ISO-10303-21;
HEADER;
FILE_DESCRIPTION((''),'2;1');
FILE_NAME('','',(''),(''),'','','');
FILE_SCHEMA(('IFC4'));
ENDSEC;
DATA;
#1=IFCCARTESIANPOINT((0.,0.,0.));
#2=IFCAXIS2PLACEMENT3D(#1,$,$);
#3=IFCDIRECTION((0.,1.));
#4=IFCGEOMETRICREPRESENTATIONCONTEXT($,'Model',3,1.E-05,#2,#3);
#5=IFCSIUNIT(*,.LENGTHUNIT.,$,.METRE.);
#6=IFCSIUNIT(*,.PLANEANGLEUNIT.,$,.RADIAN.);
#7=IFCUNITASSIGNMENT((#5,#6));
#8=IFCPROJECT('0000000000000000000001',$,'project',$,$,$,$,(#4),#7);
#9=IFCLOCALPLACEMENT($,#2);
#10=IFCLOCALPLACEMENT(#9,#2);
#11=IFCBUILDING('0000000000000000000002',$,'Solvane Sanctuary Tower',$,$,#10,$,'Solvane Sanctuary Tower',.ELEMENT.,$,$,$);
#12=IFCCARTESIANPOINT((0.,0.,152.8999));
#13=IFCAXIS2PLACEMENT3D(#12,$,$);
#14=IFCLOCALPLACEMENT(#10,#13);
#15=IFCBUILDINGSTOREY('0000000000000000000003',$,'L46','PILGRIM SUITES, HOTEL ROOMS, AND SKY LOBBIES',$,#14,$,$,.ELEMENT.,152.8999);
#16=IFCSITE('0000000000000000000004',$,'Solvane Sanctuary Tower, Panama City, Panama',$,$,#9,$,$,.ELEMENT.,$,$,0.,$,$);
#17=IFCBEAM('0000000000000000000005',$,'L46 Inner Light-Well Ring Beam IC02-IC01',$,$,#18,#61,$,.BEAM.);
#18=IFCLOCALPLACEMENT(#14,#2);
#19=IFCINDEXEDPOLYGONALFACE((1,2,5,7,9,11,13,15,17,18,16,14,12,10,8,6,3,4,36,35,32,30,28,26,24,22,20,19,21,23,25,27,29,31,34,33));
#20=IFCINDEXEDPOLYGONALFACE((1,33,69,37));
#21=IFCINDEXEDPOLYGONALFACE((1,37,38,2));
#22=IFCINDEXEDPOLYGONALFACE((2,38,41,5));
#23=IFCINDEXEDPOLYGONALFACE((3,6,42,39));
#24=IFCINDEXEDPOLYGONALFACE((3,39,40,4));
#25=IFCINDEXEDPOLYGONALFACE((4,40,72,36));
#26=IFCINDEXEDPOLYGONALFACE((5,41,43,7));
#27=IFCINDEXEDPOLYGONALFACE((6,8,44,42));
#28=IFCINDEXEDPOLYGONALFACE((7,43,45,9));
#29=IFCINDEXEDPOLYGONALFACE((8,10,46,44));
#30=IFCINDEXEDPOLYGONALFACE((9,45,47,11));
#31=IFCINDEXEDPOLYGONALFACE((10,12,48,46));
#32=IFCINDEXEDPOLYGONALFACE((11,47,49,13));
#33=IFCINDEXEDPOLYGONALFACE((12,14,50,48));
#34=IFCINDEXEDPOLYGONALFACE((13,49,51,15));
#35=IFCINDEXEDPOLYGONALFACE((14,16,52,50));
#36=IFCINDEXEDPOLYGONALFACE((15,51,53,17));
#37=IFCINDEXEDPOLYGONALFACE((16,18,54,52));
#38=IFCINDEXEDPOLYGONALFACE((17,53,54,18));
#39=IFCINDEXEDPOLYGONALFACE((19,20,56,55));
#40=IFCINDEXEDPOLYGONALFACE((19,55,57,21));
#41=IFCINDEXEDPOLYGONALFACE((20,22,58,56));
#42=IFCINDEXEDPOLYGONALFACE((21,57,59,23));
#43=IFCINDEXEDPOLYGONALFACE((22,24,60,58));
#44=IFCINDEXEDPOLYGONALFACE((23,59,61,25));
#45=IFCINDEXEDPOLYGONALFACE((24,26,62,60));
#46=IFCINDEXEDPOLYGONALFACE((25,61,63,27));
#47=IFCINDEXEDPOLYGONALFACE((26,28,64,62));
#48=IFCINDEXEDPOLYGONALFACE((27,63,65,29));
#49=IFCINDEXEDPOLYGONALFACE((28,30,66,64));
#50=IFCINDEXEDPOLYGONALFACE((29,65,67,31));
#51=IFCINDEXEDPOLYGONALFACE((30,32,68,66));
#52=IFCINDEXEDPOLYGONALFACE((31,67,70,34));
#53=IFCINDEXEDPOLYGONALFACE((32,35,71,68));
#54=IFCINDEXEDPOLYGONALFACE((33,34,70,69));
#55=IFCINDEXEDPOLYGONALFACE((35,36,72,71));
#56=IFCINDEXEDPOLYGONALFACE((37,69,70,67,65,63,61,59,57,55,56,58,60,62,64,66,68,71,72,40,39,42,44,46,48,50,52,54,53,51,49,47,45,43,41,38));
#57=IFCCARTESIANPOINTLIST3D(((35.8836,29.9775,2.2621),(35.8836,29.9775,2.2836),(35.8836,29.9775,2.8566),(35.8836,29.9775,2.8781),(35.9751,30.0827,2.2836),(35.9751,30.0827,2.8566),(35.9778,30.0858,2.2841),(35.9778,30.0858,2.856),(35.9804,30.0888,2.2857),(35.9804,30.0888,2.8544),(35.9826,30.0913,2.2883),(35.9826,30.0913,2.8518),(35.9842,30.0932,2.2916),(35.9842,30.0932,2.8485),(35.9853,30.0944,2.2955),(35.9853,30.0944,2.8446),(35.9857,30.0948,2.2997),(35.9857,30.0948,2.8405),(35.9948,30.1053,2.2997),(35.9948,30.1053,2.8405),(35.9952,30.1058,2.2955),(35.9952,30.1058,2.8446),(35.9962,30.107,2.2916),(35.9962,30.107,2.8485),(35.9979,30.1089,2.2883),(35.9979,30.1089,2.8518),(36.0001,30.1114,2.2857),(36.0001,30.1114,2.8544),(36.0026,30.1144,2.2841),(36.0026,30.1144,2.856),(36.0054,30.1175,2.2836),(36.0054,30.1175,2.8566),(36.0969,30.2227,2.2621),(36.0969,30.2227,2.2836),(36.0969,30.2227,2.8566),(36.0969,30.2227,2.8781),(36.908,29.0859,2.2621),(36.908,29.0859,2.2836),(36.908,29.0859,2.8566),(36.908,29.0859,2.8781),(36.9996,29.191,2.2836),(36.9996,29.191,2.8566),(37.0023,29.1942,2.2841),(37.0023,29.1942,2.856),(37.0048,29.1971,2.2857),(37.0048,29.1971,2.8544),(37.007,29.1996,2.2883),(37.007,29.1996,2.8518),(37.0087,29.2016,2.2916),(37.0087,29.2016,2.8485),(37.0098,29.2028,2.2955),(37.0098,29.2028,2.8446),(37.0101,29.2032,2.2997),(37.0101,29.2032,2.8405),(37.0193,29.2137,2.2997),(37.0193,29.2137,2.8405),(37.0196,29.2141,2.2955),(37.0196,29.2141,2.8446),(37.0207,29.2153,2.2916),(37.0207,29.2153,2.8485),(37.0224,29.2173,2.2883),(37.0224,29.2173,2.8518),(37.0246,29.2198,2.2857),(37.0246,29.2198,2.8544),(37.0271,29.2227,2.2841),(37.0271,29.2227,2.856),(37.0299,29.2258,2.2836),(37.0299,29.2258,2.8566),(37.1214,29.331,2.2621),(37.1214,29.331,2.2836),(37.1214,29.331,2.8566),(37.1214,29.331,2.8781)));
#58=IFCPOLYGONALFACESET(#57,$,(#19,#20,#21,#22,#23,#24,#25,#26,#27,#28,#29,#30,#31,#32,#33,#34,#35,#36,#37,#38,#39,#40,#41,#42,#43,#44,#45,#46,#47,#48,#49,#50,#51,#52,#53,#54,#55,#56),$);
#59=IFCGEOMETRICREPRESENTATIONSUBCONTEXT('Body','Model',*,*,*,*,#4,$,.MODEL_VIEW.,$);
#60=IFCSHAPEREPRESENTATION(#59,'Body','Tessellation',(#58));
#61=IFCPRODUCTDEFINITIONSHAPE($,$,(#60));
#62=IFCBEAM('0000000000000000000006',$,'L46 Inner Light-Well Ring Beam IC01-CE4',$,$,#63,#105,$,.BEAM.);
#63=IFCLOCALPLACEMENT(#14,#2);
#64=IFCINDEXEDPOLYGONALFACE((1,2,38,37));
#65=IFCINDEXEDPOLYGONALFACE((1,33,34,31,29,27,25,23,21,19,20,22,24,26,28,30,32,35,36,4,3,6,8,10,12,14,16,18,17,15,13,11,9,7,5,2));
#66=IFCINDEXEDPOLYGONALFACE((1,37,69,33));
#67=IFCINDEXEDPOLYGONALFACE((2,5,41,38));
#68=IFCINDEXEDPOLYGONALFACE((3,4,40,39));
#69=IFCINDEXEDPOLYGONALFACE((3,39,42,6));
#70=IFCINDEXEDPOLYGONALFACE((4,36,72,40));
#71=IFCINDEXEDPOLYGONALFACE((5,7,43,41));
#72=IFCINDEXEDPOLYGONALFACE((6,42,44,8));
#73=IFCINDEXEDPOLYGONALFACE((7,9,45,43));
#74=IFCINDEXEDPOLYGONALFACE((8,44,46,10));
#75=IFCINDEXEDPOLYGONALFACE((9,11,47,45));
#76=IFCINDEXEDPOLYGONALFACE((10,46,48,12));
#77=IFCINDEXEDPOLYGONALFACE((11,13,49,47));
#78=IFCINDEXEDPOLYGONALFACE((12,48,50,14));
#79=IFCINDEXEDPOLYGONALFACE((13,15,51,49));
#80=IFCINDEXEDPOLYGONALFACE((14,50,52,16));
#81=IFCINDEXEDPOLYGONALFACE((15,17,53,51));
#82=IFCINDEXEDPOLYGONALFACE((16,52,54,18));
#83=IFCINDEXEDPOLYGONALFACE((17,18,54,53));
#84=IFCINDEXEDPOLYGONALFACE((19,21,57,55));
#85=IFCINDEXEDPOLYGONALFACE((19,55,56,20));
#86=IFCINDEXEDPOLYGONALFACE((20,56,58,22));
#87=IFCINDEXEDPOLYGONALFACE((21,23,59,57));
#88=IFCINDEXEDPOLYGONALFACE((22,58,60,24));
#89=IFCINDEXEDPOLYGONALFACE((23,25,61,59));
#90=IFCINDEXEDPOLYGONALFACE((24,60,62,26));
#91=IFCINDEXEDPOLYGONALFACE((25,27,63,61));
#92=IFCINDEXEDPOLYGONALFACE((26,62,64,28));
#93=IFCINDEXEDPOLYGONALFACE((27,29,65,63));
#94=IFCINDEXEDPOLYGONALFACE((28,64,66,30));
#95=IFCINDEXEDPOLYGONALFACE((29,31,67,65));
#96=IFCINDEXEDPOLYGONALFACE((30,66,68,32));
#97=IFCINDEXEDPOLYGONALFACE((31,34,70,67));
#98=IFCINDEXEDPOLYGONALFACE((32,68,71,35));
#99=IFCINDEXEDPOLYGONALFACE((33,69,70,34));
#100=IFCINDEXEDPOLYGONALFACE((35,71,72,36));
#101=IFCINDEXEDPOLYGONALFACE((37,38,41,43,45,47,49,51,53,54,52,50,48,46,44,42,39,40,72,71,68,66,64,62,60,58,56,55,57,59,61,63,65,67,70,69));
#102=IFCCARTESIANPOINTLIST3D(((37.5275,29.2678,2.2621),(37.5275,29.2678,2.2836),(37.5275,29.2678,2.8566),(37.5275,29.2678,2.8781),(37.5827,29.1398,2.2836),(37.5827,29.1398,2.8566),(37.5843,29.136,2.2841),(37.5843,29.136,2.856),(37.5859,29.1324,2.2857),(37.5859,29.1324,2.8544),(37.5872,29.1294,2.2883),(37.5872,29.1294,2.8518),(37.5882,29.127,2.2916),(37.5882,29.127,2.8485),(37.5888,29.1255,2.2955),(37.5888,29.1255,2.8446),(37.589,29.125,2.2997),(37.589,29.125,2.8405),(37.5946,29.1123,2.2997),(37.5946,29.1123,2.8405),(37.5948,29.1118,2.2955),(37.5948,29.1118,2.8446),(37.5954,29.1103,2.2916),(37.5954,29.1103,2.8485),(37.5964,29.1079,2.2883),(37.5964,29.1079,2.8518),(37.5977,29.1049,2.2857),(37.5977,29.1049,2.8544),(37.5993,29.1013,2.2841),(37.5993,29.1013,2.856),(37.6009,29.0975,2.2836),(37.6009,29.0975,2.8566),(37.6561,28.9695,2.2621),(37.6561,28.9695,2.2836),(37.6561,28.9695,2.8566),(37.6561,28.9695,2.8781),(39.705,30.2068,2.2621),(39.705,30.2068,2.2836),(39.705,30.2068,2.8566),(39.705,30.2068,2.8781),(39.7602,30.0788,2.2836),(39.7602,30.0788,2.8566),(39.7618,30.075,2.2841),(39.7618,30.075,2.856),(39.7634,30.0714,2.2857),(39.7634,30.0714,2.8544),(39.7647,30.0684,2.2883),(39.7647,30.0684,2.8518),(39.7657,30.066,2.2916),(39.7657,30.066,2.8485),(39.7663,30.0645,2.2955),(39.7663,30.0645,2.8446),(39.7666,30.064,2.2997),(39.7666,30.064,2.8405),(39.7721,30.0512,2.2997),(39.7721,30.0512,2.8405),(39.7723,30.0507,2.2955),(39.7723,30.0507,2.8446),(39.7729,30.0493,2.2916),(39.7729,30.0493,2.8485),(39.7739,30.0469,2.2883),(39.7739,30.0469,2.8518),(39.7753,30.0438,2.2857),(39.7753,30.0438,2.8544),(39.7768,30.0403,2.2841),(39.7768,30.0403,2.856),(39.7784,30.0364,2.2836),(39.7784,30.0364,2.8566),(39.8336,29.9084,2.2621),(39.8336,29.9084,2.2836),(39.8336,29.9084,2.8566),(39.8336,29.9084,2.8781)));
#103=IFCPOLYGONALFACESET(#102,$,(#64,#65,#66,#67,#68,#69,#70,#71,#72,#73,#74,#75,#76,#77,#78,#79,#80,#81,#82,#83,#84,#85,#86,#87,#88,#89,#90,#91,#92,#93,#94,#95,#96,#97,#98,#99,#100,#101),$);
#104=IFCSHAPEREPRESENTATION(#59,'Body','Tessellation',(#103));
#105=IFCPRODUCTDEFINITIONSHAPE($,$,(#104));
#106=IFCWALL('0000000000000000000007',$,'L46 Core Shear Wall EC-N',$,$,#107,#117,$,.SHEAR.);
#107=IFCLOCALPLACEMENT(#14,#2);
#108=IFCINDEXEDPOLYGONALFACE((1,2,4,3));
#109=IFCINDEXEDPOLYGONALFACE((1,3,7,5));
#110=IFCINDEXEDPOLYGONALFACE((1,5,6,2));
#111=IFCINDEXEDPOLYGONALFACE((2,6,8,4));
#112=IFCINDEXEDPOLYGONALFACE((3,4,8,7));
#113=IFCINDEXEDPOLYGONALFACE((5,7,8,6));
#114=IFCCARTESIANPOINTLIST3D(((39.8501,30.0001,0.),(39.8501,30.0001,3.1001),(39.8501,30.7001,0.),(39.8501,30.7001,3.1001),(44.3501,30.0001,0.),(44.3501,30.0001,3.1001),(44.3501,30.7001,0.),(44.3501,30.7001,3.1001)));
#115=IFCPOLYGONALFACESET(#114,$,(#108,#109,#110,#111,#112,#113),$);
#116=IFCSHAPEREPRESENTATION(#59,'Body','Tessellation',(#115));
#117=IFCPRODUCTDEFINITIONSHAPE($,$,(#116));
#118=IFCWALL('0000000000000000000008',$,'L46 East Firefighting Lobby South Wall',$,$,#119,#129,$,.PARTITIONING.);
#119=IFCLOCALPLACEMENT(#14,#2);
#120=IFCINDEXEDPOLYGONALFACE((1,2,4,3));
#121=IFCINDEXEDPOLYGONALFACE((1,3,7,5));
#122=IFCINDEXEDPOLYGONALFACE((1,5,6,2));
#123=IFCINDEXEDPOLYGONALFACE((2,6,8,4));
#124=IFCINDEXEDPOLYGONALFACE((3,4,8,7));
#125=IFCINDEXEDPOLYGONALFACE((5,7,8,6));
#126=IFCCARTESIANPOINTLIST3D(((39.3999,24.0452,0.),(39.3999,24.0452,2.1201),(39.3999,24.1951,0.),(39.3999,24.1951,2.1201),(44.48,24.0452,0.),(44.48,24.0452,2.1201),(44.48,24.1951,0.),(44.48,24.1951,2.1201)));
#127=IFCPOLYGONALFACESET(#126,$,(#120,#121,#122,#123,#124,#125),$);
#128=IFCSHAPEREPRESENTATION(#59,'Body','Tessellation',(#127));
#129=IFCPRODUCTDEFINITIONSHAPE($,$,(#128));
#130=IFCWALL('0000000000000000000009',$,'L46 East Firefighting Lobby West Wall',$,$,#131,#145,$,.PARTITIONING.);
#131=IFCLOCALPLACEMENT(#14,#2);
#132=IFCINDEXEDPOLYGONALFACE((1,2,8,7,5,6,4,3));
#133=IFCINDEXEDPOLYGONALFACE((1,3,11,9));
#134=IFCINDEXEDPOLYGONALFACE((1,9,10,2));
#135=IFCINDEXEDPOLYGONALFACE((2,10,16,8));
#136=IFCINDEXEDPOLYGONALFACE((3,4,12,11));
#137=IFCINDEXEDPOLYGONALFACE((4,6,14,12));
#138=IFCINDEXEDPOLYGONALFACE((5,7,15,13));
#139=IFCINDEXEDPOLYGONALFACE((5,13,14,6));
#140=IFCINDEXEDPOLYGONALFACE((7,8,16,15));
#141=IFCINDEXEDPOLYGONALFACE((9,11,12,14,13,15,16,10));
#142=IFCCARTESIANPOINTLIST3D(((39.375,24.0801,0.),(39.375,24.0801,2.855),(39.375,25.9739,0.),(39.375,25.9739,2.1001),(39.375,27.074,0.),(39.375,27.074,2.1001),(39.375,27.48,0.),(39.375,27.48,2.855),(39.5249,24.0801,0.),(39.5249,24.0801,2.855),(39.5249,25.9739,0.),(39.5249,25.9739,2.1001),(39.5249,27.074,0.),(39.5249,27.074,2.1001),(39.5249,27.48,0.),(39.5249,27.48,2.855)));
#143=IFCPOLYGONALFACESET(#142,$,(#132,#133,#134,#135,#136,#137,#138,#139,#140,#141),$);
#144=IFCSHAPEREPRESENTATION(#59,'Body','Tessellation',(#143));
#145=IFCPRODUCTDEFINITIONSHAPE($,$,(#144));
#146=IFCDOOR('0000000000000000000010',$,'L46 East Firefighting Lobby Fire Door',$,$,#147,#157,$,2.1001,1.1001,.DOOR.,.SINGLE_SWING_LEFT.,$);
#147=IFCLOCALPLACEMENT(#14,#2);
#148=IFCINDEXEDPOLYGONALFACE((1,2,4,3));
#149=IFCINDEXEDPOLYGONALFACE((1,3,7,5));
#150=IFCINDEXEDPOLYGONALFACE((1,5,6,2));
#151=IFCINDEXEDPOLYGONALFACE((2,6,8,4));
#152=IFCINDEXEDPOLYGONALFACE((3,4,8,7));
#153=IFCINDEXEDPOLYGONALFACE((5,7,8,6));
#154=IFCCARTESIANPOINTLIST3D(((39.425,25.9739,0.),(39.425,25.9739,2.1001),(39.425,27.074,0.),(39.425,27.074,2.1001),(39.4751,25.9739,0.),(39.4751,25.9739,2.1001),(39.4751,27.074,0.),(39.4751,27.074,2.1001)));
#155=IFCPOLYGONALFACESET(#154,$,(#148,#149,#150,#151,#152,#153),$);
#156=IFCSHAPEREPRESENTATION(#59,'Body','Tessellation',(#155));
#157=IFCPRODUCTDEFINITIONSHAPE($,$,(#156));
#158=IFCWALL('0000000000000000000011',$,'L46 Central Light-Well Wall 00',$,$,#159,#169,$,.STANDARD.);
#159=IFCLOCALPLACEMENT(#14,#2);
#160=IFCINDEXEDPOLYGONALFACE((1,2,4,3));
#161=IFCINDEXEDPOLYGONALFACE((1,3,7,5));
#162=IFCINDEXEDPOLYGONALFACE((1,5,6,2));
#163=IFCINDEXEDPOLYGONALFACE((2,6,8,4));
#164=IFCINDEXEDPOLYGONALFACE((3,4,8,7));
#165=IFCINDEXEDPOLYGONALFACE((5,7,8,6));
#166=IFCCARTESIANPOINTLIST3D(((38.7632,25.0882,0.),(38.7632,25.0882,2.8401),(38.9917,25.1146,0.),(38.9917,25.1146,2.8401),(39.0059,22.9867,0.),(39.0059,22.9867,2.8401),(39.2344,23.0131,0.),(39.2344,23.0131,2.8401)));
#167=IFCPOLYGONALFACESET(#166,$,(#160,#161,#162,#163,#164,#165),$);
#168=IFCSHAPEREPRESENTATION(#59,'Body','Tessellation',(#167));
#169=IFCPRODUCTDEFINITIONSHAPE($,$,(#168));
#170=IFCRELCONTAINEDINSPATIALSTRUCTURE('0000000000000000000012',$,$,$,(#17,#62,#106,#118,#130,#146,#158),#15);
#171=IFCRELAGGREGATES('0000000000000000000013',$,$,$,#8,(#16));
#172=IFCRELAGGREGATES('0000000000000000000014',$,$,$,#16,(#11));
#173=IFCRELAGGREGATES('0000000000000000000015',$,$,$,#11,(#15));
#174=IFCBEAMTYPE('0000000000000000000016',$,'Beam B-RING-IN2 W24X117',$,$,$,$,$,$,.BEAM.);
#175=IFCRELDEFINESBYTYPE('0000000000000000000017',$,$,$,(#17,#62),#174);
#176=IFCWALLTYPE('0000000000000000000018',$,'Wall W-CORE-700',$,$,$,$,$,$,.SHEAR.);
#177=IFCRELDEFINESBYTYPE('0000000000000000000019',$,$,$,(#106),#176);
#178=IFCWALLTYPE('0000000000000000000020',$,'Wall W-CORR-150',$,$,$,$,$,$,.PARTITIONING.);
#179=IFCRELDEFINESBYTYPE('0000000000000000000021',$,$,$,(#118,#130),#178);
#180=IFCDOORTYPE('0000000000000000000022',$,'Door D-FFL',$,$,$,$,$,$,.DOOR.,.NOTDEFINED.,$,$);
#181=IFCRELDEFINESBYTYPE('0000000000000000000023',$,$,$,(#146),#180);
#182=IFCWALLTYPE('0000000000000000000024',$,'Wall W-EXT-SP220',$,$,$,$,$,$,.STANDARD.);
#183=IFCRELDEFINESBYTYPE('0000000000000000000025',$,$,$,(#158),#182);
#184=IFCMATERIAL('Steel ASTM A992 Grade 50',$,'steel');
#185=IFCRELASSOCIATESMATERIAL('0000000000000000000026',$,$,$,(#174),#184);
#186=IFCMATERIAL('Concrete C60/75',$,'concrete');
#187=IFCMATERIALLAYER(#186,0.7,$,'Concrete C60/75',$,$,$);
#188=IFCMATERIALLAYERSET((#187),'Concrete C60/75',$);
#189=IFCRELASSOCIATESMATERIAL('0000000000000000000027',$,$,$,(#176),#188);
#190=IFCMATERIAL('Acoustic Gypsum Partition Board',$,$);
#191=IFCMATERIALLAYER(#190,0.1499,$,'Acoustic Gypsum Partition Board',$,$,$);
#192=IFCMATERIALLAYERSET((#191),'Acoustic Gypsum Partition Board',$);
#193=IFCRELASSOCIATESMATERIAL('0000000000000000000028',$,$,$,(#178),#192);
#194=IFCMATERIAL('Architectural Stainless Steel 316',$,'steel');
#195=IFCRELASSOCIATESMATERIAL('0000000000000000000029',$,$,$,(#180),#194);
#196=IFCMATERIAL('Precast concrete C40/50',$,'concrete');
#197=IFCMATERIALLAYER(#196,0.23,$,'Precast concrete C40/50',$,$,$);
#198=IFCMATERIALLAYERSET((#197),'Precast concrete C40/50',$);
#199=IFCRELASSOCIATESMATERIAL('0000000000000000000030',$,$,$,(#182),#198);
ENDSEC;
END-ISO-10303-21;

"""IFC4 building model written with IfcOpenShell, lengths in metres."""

from ifc_helpers import new_model, si_unit, direction, frame, frame_2d, origin, origin_2d, place, context, subcontext, project, spatial, rectangle, i_section, extrude, material, layer, layer_set, material_profile, profile_set, type_object, element, fill, save


model = new_model("IFC4")

# Units and contexts
model_context = context("Model", 3, precision=1e-05, world=origin(), true_north=direction((0.0, 1.0)))
body_context = subcontext(model_context, "Body", "Model", "MODEL_VIEW")
ifc_project = project(units=[si_unit("LENGTHUNIT", "METRE"), si_unit("PLANEANGLEUNIT", "RADIAN")], contexts=[model_context])

# Site, building, storey
site_placement = place(None, origin())
site = spatial("IfcSite", under=ifc_project, at=site_placement, Name="Solvane Sanctuary Tower, Panama City, Panama", CompositionType="ELEMENT", RefElevation=0.0)
building_placement = place(site_placement, origin())
building = spatial("IfcBuilding", under=site, at=building_placement, Name="Solvane Sanctuary Tower", LongName="Solvane Sanctuary Tower", CompositionType="ELEMENT")
storey_placement = place(building_placement, frame((0.0, 0.0, 152.8999)))
storey = spatial("IfcBuildingStorey", under=building, at=storey_placement, Name="L46", Description="PILGRIM SUITES, HOTEL ROOMS, AND SKY LOBBIES", CompositionType="ELEMENT", Elevation=152.8999)

# Beams
ifc_material_1 = material(Name="Steel ASTM A992 Grade 50", Category="steel")
ifc_material_profile_1 = material_profile(ifc_material_1, i_section(OverallWidth=0.325, OverallDepth=0.616, WebThickness=0.0139, FlangeThickness=0.0215, FilletRadius=0.0161, at=origin_2d()), Name="W24X117")
ifc_profile_set_1 = profile_set([ifc_material_profile_1], Name="Steel ASTM A992 Grade 50")
beam_type_1 = type_object("IfcBeamType", Name="Beam B-RING-IN2 W24X117", PredefinedType="BEAM", material=ifc_profile_set_1)
beam_1_placement = place(storey_placement, frame((35.9902, 30.1001, 2.5701), z_axis=(0.754311, -0.656517, 0.0), x_axis=(0.656517, 0.754311, 0.0)))
element("IfcBeam", 1, at=beam_1_placement, inside=storey, type_object=beam_type_1, Name="L46 Inner Light-Well Ring Beam IC02-IC01", PredefinedType="BEAM", context=body_context, shape_type="SweptSolid", body=[
    extrude(i_section(OverallWidth=0.325, OverallDepth=0.616, WebThickness=0.0139, FlangeThickness=0.0215, FilletRadius=0.0161, at=origin_2d()), origin(), (0.0, 0.0, 1.0), 1.3582),
])
beam_2_placement = place(storey_placement, frame((37.5918, 29.1187, 2.5701), z_axis=(0.918264, 0.395969, 0.0), x_axis=(-0.395969, 0.918264, 0.0)))
element("IfcBeam", 2, at=beam_2_placement, inside=storey, type_object=beam_type_1, Name="L46 Inner Light-Well Ring Beam IC01-CE4", PredefinedType="BEAM", context=body_context, shape_type="SweptSolid", body=[
    extrude(i_section(OverallWidth=0.325, OverallDepth=0.616, WebThickness=0.0139, FlangeThickness=0.0215, FilletRadius=0.0161, at=origin_2d()), origin(), (0.0, 0.0, 1.0), 2.3713),
])

# Walls
ifc_material_2 = material(Name="Concrete C60/75", Category="concrete")
ifc_layer_1 = layer(ifc_material_2, 0.7, Name="Concrete C60/75")
ifc_layer_set_1 = layer_set([ifc_layer_1], Name="Concrete C60/75")
wall_type_1 = type_object("IfcWallType", Name="Wall W-CORE-700", PredefinedType="SHEAR", material=ifc_layer_set_1)
wall_1_placement = place(storey_placement, frame((39.8501, 30.3501, 0.0), z_axis=(0.0, 0.0, 1.0), x_axis=(1.0, 0.0, 0.0)))
element("IfcWall", 3, at=wall_1_placement, inside=storey, type_object=wall_type_1, Name="L46 Core Shear Wall EC-N", PredefinedType="SHEAR", context=body_context, shape_type="SweptSolid", body=[
    extrude(rectangle(XDim=4.5, YDim=0.7, at=frame_2d((2.25, 0.0))), origin(), (0.0, 0.0, 1.0), 3.1001),
])
ifc_material_3 = material(Name="Acoustic Gypsum Partition Board")
ifc_layer_2 = layer(ifc_material_3, 0.1499, Name="Acoustic Gypsum Partition Board")
ifc_layer_set_2 = layer_set([ifc_layer_2], Name="Acoustic Gypsum Partition Board")
wall_type_2 = type_object("IfcWallType", Name="Wall W-CORR-150", PredefinedType="PARTITIONING", material=ifc_layer_set_2)
wall_2_placement = place(storey_placement, frame((39.3999, 24.1201, 0.0), z_axis=(0.0, 0.0, 1.0), x_axis=(1.0, 0.0, 0.0)))
element("IfcWall", 4, at=wall_2_placement, inside=storey, type_object=wall_type_2, Name="L46 East Firefighting Lobby South Wall", PredefinedType="PARTITIONING", context=body_context, shape_type="SweptSolid", body=[
    extrude(rectangle(XDim=5.0801, YDim=0.1499, at=frame_2d((2.54, 0.0))), origin(), (0.0, 0.0, 1.0), 2.1201),
])

# Wall, opening, door
wall_3_placement = place(storey_placement, frame((39.45, 24.0801, 0.0), z_axis=(0.0, 0.0, 1.0), x_axis=(0.0, 1.0, 0.0)))
wall_3 = element("IfcWall", 5, at=wall_3_placement, inside=storey, type_object=wall_type_2, Name="L46 East Firefighting Lobby West Wall", PredefinedType="PARTITIONING", context=body_context, shape_type="SweptSolid", body=[
    extrude(rectangle(XDim=3.3999, YDim=0.1499, at=frame_2d((1.7, 0.0))), origin(), (0.0, 0.0, 1.0), 2.855),
])
opening_1_placement = place(wall_3_placement, frame((1.8938, 0.0, 0.0)))
opening_1 = element("IfcOpeningElement", 6, at=opening_1_placement, cuts=wall_3, PredefinedType="OPENING", context=body_context, shape_type="SweptSolid", body=[
    extrude(rectangle(XDim=1.1001, YDim=2.1001, at=frame_2d((0.55, 1.05))), frame((0.0, 0.085, 0.0), z_axis=(0.0, -1.0, 0.0), x_axis=(1.0, 0.0, 0.0)), (0.0, 0.0, 1.0), 0.1699),
])
ifc_material_4 = material(Name="Architectural Stainless Steel 316", Category="steel")
door_type = type_object("IfcDoorType", Name="Door D-FFL", OperationType="NOTDEFINED", PredefinedType="DOOR", material=ifc_material_4)
door_placement = place(opening_1_placement, origin())
door = element("IfcDoor", 7, at=door_placement, inside=storey, type_object=door_type, Name="L46 East Firefighting Lobby Fire Door", OperationType="SINGLE_SWING_LEFT", OverallHeight=2.1001, OverallWidth=1.1001, PredefinedType="DOOR", context=body_context, shape_type="SweptSolid", body=[
    extrude(rectangle(XDim=1.1001, YDim=2.1001, at=frame_2d((0.55, 1.05))), frame((0.0, 0.0249, 0.0), z_axis=(0.0, -1.0, 0.0), x_axis=(1.0, 0.0, 0.0)), (0.0, 0.0, 1.0), 0.05),
])
fill(opening_1, door)

# Wall
ifc_material_5 = material(Name="Precast concrete C40/50", Category="concrete")
ifc_layer_3 = layer(ifc_material_5, 0.23, Name="Precast concrete C40/50")
ifc_layer_set_3 = layer_set([ifc_layer_3], Name="Precast concrete C40/50")
wall_type_3 = type_object("IfcWallType", Name="Wall W-EXT-SP220", PredefinedType="STANDARD", material=ifc_layer_set_3)
wall_4_placement = place(storey_placement, frame((39.1201, 23.0, 0.0), z_axis=(0.0, 0.0, 1.0), x_axis=(-0.114712, 0.993399, 0.0)))
element("IfcWall", 8, at=wall_4_placement, inside=storey, type_object=wall_type_3, Name="L46 Central Light-Well Wall 00", PredefinedType="STANDARD", context=body_context, shape_type="SweptSolid", body=[
    extrude(rectangle(XDim=2.1155, YDim=0.23, at=frame_2d((1.0576, 0.0))), origin(), (0.0, 0.0, 1.0), 2.8401),
])

save(model, "model.ifc")
